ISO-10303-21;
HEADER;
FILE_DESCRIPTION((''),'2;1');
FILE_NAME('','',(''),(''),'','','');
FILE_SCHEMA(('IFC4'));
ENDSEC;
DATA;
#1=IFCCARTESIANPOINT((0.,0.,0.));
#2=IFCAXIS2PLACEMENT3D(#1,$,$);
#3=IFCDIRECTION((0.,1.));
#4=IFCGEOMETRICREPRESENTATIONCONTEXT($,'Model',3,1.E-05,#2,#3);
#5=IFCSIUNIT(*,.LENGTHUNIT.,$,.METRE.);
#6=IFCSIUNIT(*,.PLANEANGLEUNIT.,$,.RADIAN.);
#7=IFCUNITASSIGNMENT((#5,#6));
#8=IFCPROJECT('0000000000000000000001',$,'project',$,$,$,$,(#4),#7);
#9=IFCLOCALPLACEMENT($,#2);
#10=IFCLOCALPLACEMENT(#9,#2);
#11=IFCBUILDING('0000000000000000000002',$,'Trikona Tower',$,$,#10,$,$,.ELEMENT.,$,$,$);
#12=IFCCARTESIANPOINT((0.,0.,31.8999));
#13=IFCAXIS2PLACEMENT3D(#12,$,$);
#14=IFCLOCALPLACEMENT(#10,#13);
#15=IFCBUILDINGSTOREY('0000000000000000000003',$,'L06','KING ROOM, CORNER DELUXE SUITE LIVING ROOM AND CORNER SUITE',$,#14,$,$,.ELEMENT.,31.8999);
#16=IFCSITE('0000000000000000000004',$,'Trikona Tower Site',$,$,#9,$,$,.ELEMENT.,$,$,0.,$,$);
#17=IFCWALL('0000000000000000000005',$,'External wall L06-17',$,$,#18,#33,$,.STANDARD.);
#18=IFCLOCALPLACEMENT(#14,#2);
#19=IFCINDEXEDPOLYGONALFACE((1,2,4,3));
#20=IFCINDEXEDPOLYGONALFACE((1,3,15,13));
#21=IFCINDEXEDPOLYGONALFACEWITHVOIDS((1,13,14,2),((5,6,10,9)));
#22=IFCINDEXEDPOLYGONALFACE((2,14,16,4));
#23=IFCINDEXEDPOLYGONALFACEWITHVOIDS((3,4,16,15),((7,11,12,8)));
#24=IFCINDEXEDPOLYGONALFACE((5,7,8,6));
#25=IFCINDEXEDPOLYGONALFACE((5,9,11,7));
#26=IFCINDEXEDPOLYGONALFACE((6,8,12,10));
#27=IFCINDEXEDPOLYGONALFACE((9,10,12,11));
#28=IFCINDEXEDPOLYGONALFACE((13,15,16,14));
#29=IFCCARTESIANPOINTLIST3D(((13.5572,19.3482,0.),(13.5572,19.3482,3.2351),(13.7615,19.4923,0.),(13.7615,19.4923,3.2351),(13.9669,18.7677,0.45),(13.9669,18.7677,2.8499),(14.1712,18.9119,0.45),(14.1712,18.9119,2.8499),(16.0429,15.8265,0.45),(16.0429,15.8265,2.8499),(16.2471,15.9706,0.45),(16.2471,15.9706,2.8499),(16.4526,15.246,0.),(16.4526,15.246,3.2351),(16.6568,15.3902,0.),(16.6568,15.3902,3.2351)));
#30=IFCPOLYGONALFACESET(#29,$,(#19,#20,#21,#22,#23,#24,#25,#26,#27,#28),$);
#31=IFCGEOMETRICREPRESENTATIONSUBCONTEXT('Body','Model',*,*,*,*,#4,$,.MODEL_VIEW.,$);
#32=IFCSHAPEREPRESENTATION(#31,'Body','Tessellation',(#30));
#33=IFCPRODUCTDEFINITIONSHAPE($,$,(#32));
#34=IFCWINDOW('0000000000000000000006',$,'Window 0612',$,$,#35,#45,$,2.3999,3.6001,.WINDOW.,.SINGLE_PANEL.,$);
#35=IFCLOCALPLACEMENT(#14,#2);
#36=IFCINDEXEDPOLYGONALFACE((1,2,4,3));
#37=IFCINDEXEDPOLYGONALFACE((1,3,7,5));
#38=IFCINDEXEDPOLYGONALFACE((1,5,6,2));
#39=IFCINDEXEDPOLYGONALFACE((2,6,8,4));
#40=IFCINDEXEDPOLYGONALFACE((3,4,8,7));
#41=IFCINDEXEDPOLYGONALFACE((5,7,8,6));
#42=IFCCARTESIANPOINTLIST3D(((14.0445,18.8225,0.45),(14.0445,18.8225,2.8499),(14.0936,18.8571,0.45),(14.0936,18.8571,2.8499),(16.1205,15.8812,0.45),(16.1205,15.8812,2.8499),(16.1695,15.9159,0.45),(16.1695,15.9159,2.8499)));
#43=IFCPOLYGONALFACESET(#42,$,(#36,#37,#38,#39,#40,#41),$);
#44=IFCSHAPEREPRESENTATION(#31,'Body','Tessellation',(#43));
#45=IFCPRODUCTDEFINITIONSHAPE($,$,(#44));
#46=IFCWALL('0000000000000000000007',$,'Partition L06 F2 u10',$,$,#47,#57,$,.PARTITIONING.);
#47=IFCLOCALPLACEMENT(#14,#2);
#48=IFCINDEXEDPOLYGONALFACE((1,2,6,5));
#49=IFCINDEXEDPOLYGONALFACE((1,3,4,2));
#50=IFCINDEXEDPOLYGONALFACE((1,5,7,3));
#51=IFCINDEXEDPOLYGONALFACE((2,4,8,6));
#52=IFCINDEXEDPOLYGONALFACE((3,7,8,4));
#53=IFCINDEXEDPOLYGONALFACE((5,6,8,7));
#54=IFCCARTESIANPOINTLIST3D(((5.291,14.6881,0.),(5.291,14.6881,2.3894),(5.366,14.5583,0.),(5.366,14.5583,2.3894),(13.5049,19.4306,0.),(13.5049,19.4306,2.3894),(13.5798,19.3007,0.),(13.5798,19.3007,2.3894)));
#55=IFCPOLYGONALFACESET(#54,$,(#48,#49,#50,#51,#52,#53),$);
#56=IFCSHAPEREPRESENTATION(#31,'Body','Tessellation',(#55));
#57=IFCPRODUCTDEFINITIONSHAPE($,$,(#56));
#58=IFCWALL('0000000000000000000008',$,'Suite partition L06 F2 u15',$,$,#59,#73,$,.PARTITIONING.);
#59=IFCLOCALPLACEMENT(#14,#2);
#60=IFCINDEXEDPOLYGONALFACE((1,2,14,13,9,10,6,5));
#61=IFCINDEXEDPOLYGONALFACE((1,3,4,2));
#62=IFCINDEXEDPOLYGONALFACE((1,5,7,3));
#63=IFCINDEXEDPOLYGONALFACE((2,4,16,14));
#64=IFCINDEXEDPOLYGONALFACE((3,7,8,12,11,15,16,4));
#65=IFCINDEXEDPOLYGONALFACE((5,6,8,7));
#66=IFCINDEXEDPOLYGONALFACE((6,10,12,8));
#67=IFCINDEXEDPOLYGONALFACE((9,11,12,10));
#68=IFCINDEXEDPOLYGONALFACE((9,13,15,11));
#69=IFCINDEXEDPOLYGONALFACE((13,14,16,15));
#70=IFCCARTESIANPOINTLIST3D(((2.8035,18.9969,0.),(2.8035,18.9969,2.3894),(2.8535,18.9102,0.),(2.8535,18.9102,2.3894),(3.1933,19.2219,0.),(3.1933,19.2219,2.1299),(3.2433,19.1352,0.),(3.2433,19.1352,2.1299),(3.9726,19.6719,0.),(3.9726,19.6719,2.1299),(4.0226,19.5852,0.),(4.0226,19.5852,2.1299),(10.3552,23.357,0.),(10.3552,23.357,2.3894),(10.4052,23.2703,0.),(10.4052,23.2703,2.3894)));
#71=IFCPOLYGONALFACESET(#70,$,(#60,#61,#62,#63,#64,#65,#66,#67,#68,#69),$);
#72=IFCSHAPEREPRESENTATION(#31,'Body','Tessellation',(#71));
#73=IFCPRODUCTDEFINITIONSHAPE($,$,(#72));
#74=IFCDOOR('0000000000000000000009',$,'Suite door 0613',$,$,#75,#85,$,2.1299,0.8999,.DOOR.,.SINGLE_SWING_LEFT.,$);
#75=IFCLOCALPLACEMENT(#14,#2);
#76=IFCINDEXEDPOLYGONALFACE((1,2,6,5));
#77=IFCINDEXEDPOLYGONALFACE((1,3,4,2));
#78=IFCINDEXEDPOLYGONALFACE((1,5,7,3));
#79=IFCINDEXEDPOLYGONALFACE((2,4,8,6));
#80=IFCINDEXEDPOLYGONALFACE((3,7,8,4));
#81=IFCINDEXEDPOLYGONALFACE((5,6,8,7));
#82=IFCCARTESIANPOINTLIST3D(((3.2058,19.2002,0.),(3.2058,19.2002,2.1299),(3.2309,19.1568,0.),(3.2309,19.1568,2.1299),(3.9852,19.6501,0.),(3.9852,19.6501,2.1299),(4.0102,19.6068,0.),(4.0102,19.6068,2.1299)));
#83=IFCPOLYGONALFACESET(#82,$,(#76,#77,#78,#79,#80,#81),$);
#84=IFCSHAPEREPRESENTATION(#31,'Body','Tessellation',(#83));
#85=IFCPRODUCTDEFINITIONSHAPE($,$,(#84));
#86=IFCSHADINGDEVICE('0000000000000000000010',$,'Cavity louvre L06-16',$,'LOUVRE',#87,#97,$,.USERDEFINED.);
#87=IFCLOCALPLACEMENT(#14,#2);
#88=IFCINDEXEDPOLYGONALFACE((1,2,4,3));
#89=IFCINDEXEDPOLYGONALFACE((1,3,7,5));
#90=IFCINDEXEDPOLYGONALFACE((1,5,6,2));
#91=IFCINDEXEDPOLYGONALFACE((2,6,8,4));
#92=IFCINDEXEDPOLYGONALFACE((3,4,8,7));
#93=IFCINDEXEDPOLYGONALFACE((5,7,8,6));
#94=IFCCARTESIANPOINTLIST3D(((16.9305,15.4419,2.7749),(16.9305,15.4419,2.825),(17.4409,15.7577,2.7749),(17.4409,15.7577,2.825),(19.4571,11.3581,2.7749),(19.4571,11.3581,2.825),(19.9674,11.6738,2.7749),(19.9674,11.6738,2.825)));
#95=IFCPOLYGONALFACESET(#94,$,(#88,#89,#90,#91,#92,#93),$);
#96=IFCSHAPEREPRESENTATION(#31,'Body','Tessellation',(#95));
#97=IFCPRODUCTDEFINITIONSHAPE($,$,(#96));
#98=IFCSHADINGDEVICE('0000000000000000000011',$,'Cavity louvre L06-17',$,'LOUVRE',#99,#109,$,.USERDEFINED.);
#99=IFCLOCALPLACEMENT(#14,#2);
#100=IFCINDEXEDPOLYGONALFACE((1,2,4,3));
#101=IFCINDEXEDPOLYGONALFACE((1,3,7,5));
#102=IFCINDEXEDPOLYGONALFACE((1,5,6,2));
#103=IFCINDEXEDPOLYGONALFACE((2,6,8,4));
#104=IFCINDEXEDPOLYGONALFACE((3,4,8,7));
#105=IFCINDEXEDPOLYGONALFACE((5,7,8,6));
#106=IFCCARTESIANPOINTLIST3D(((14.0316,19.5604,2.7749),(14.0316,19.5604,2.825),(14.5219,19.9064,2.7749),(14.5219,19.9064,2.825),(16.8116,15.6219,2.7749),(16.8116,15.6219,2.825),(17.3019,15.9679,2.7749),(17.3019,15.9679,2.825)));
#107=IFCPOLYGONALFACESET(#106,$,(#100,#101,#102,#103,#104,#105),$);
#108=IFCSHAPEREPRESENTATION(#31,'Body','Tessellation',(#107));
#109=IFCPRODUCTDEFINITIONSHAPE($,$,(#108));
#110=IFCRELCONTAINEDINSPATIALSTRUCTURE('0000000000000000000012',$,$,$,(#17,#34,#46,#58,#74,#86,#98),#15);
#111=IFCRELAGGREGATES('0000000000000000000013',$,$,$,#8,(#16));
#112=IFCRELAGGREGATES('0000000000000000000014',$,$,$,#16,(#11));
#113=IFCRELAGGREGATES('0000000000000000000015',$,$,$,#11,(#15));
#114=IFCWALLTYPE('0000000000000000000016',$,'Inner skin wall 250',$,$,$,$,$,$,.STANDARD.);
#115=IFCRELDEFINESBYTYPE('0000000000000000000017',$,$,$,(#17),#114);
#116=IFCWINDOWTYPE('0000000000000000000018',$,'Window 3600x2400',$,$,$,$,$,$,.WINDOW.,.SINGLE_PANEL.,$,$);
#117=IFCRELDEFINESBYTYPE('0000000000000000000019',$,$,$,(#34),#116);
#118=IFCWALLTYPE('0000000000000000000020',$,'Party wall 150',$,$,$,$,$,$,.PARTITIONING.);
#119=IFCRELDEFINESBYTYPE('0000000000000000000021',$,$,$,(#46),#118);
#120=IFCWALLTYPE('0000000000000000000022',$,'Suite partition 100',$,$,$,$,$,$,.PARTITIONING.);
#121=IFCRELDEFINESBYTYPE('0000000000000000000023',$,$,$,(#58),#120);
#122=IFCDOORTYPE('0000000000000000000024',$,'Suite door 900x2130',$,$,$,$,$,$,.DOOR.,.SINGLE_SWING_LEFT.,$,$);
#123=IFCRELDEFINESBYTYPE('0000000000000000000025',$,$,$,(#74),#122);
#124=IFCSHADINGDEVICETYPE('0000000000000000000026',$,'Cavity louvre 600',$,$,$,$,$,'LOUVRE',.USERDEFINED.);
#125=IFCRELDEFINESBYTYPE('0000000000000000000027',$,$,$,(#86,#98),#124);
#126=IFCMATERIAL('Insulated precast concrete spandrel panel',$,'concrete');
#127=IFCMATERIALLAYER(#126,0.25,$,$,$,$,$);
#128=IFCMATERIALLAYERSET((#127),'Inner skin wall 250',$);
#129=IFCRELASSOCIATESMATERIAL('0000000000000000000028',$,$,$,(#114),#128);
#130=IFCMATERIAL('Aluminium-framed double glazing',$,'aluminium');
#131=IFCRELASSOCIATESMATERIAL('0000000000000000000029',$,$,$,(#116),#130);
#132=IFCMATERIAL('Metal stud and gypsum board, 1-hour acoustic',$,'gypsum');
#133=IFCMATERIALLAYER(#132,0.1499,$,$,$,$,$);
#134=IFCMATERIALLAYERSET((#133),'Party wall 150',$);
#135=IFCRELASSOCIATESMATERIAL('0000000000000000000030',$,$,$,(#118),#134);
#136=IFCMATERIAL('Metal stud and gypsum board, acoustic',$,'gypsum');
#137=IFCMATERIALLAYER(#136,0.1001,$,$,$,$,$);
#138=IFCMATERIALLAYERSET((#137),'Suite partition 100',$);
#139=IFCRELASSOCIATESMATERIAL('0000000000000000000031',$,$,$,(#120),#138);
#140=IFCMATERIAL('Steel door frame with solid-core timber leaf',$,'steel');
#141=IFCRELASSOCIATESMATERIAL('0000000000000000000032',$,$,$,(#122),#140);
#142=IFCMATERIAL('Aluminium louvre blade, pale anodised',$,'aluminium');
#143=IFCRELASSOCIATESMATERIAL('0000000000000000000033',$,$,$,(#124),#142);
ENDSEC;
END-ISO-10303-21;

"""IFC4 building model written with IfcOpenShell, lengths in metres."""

from ifc_helpers import new_model, si_unit, direction, frame, frame_2d, origin, origin_2d, place, context, subcontext, project, spatial, rectangle, extrude, material, layer, layer_set, type_object, element, fill, save


model = new_model("IFC4")

# Units and contexts
model_context = context("Model", 3, precision=1e-05, world=origin(), true_north=direction((0.0, 1.0)))
body_context = subcontext(model_context, "Body", "Model", "MODEL_VIEW")
ifc_project = project(units=[si_unit("LENGTHUNIT", "METRE"), si_unit("PLANEANGLEUNIT", "RADIAN")], contexts=[model_context])

# Site, building, storey
site_placement = place(None, origin())
site = spatial("IfcSite", under=ifc_project, at=site_placement, Name="Trikona Tower Site", CompositionType="ELEMENT", RefElevation=0.0)
building_placement = place(site_placement, origin())
building = spatial("IfcBuilding", under=site, at=building_placement, Name="Trikona Tower", CompositionType="ELEMENT")
storey_placement = place(building_placement, frame((0.0, 0.0, 31.8999)))
storey = spatial("IfcBuildingStorey", under=building, at=storey_placement, Name="L06", Description="KING ROOM, CORNER DELUXE SUITE LIVING ROOM AND CORNER SUITE", CompositionType="ELEMENT", Elevation=31.8999)

# Wall, opening, window
ifc_material_1 = material(Name="Insulated precast concrete spandrel panel", Category="concrete")
ifc_layer_1 = layer(ifc_material_1, 0.25)
ifc_layer_set_1 = layer_set([ifc_layer_1], Name="Inner skin wall 250")
wall_type_1 = type_object("IfcWallType", Name="Inner skin wall 250", PredefinedType="STANDARD", material=ifc_layer_set_1)
wall_1_placement = place(storey_placement, frame((16.5547, 15.3181, 0.0), z_axis=(0.0, 0.0, 1.0), x_axis=(-0.576643, 0.816996, 0.0)))
wall_1 = element("IfcWall", 1, at=wall_1_placement, inside=storey, type_object=wall_type_1, Name="External wall L06-17", PredefinedType="STANDARD", context=body_context, shape_type="SweptSolid", body=[
    extrude(rectangle(XDim=5.021, YDim=0.25, at=frame_2d((2.5105, 0.0))), origin(), (0.0, 0.0, 1.0), 3.2351),
])
opening_1_placement = place(wall_1_placement, frame((0.7104, 0.0, 0.45)))
opening_1 = element("IfcOpeningElement", 2, at=opening_1_placement, cuts=wall_1, PredefinedType="OPENING", context=body_context, shape_type="SweptSolid", body=[
    extrude(rectangle(XDim=3.6001, YDim=2.3999, at=frame_2d((1.8, 1.2))), frame((0.0, 0.135, 0.0), z_axis=(0.0, -1.0, 0.0), x_axis=(1.0, 0.0, 0.0)), (0.0, 0.0, 1.0), 0.27),
])
ifc_material_2 = material(Name="Aluminium-framed double glazing", Category="aluminium")
window_type = type_object("IfcWindowType", Name="Window 3600x2400", PartitioningType="SINGLE_PANEL", PredefinedType="WINDOW", material=ifc_material_2)
window_placement = place(opening_1_placement, origin())
window = element("IfcWindow", 3, at=window_placement, inside=storey, type_object=window_type, Name="Window 0612", OverallHeight=2.3999, OverallWidth=3.6001, PartitioningType="SINGLE_PANEL", PredefinedType="WINDOW", context=body_context, shape_type="SweptSolid", body=[
    extrude(rectangle(XDim=3.6001, YDim=2.3999, at=frame_2d((1.8, 1.2))), frame((0.0, 0.03, 0.0), z_axis=(0.0, -1.0, 0.0), x_axis=(1.0, 0.0, 0.0)), (0.0, 0.0, 1.0), 0.0601),
])
fill(opening_1, window)

# Wall
ifc_material_3 = material(Name="Metal stud and gypsum board, 1-hour acoustic", Category="gypsum")
ifc_layer_2 = layer(ifc_material_3, 0.1499)
ifc_layer_set_2 = layer_set([ifc_layer_2], Name="Party wall 150")
wall_type_2 = type_object("IfcWallType", Name="Party wall 150", PredefinedType="PARTITIONING", material=ifc_layer_set_2)
wall_2_placement = place(storey_placement, frame((5.3286, 14.6233, 0.0), z_axis=(0.0, 0.0, 1.0), x_axis=(0.866018, 0.500012, 0.0)))
element("IfcWall", 4, at=wall_2_placement, inside=storey, type_object=wall_type_2, Name="Partition L06 F2 u10", PredefinedType="PARTITIONING", context=body_context, shape_type="SweptSolid", body=[
    extrude(rectangle(XDim=9.4846, YDim=0.1499, at=frame_2d((4.7422, 0.0))), origin(), (0.0, 0.0, 1.0), 2.3894),
])

# Wall, opening, door
ifc_material_4 = material(Name="Metal stud and gypsum board, acoustic", Category="gypsum")
ifc_layer_3 = layer(ifc_material_4, 0.1001)
ifc_layer_set_3 = layer_set([ifc_layer_3], Name="Suite partition 100")
wall_type_3 = type_object("IfcWallType", Name="Suite partition 100", PredefinedType="PARTITIONING", material=ifc_layer_set_3)
wall_3_placement = place(storey_placement, frame((2.8286, 18.9536, 0.0), z_axis=(0.0, 0.0, 1.0), x_axis=(0.866021, 0.500008, 0.0)))
wall_3 = element("IfcWall", 5, at=wall_3_placement, inside=storey, type_object=wall_type_3, Name="Suite partition L06 F2 u15", PredefinedType="PARTITIONING", context=body_context, shape_type="SweptSolid", body=[
    extrude(rectangle(XDim=8.72, YDim=0.1001, at=frame_2d((4.3599, 0.0))), origin(), (0.0, 0.0, 1.0), 2.3894),
])
opening_2_placement = place(wall_3_placement, frame((0.45, 0.0, 0.0)))
opening_2 = element("IfcOpeningElement", 6, at=opening_2_placement, cuts=wall_3, PredefinedType="OPENING", context=body_context, shape_type="SweptSolid", body=[
    extrude(rectangle(XDim=0.8999, YDim=2.1299, at=frame_2d((0.45, 1.0649))), frame((0.0, 0.0601, 0.0), z_axis=(0.0, -1.0, 0.0), x_axis=(1.0, 0.0, 0.0)), (0.0, 0.0, 1.0), 0.1201),
])
ifc_material_5 = material(Name="Steel door frame with solid-core timber leaf", Category="steel")
door_type_1 = type_object("IfcDoorType", Name="Suite door 900x2130", OperationType="SINGLE_SWING_LEFT", PredefinedType="DOOR", material=ifc_material_5)
door_1_placement = place(opening_2_placement, origin())
door_1 = element("IfcDoor", 7, at=door_1_placement, inside=storey, type_object=door_type_1, Name="Suite door 0613", OperationType="SINGLE_SWING_LEFT", OverallHeight=2.1299, OverallWidth=0.8999, PredefinedType="DOOR", context=body_context, shape_type="SweptSolid", body=[
    extrude(rectangle(XDim=0.8999, YDim=2.1299, at=frame_2d((0.45, 1.0649))), frame((0.0, 0.0249, 0.0), z_axis=(0.0, -1.0, 0.0), x_axis=(1.0, 0.0, 0.0)), (0.0, 0.0, 1.0), 0.05),
])
fill(opening_2, door_1)

# Shading devices
ifc_material_6 = material(Name="Aluminium louvre blade, pale anodised", Category="aluminium")
shading_device_type = type_object("IfcShadingDeviceType", Name="Cavity louvre 600", ElementType="LOUVRE", PredefinedType="USERDEFINED", material=ifc_material_6)
shading_device_1_placement = place(storey_placement, frame((18.449, 13.5579, 2.7749), z_axis=(0.0, 0.0, 1.0), x_axis=(-0.526119, 0.850411, 0.0)))
element("IfcShadingDevice", 8, at=shading_device_1_placement, inside=storey, type_object=shading_device_type, Name="Cavity louvre L06-16", ObjectType="LOUVRE", PredefinedType="USERDEFINED", context=body_context, shape_type="SweptSolid", body=[
    extrude(rectangle(XDim=4.8022, YDim=0.6001, at=origin_2d()), origin(), (0.0, 0.0, 1.0), 0.05),
])
shading_device_2_placement = place(storey_placement, frame((15.6667, 17.7642, 2.7749), z_axis=(0.0, 0.0, 1.0), x_axis=(-0.576662, 0.816983, 0.0)))
element("IfcShadingDevice", 9, at=shading_device_2_placement, inside=storey, type_object=shading_device_type, Name="Cavity louvre L06-17", ObjectType="LOUVRE", PredefinedType="USERDEFINED", context=body_context, shape_type="SweptSolid", body=[
    extrude(rectangle(XDim=4.8208, YDim=0.6001, at=origin_2d()), origin(), (0.0, 0.0, 1.0), 0.05),
])

save(model, "model.ifc")
